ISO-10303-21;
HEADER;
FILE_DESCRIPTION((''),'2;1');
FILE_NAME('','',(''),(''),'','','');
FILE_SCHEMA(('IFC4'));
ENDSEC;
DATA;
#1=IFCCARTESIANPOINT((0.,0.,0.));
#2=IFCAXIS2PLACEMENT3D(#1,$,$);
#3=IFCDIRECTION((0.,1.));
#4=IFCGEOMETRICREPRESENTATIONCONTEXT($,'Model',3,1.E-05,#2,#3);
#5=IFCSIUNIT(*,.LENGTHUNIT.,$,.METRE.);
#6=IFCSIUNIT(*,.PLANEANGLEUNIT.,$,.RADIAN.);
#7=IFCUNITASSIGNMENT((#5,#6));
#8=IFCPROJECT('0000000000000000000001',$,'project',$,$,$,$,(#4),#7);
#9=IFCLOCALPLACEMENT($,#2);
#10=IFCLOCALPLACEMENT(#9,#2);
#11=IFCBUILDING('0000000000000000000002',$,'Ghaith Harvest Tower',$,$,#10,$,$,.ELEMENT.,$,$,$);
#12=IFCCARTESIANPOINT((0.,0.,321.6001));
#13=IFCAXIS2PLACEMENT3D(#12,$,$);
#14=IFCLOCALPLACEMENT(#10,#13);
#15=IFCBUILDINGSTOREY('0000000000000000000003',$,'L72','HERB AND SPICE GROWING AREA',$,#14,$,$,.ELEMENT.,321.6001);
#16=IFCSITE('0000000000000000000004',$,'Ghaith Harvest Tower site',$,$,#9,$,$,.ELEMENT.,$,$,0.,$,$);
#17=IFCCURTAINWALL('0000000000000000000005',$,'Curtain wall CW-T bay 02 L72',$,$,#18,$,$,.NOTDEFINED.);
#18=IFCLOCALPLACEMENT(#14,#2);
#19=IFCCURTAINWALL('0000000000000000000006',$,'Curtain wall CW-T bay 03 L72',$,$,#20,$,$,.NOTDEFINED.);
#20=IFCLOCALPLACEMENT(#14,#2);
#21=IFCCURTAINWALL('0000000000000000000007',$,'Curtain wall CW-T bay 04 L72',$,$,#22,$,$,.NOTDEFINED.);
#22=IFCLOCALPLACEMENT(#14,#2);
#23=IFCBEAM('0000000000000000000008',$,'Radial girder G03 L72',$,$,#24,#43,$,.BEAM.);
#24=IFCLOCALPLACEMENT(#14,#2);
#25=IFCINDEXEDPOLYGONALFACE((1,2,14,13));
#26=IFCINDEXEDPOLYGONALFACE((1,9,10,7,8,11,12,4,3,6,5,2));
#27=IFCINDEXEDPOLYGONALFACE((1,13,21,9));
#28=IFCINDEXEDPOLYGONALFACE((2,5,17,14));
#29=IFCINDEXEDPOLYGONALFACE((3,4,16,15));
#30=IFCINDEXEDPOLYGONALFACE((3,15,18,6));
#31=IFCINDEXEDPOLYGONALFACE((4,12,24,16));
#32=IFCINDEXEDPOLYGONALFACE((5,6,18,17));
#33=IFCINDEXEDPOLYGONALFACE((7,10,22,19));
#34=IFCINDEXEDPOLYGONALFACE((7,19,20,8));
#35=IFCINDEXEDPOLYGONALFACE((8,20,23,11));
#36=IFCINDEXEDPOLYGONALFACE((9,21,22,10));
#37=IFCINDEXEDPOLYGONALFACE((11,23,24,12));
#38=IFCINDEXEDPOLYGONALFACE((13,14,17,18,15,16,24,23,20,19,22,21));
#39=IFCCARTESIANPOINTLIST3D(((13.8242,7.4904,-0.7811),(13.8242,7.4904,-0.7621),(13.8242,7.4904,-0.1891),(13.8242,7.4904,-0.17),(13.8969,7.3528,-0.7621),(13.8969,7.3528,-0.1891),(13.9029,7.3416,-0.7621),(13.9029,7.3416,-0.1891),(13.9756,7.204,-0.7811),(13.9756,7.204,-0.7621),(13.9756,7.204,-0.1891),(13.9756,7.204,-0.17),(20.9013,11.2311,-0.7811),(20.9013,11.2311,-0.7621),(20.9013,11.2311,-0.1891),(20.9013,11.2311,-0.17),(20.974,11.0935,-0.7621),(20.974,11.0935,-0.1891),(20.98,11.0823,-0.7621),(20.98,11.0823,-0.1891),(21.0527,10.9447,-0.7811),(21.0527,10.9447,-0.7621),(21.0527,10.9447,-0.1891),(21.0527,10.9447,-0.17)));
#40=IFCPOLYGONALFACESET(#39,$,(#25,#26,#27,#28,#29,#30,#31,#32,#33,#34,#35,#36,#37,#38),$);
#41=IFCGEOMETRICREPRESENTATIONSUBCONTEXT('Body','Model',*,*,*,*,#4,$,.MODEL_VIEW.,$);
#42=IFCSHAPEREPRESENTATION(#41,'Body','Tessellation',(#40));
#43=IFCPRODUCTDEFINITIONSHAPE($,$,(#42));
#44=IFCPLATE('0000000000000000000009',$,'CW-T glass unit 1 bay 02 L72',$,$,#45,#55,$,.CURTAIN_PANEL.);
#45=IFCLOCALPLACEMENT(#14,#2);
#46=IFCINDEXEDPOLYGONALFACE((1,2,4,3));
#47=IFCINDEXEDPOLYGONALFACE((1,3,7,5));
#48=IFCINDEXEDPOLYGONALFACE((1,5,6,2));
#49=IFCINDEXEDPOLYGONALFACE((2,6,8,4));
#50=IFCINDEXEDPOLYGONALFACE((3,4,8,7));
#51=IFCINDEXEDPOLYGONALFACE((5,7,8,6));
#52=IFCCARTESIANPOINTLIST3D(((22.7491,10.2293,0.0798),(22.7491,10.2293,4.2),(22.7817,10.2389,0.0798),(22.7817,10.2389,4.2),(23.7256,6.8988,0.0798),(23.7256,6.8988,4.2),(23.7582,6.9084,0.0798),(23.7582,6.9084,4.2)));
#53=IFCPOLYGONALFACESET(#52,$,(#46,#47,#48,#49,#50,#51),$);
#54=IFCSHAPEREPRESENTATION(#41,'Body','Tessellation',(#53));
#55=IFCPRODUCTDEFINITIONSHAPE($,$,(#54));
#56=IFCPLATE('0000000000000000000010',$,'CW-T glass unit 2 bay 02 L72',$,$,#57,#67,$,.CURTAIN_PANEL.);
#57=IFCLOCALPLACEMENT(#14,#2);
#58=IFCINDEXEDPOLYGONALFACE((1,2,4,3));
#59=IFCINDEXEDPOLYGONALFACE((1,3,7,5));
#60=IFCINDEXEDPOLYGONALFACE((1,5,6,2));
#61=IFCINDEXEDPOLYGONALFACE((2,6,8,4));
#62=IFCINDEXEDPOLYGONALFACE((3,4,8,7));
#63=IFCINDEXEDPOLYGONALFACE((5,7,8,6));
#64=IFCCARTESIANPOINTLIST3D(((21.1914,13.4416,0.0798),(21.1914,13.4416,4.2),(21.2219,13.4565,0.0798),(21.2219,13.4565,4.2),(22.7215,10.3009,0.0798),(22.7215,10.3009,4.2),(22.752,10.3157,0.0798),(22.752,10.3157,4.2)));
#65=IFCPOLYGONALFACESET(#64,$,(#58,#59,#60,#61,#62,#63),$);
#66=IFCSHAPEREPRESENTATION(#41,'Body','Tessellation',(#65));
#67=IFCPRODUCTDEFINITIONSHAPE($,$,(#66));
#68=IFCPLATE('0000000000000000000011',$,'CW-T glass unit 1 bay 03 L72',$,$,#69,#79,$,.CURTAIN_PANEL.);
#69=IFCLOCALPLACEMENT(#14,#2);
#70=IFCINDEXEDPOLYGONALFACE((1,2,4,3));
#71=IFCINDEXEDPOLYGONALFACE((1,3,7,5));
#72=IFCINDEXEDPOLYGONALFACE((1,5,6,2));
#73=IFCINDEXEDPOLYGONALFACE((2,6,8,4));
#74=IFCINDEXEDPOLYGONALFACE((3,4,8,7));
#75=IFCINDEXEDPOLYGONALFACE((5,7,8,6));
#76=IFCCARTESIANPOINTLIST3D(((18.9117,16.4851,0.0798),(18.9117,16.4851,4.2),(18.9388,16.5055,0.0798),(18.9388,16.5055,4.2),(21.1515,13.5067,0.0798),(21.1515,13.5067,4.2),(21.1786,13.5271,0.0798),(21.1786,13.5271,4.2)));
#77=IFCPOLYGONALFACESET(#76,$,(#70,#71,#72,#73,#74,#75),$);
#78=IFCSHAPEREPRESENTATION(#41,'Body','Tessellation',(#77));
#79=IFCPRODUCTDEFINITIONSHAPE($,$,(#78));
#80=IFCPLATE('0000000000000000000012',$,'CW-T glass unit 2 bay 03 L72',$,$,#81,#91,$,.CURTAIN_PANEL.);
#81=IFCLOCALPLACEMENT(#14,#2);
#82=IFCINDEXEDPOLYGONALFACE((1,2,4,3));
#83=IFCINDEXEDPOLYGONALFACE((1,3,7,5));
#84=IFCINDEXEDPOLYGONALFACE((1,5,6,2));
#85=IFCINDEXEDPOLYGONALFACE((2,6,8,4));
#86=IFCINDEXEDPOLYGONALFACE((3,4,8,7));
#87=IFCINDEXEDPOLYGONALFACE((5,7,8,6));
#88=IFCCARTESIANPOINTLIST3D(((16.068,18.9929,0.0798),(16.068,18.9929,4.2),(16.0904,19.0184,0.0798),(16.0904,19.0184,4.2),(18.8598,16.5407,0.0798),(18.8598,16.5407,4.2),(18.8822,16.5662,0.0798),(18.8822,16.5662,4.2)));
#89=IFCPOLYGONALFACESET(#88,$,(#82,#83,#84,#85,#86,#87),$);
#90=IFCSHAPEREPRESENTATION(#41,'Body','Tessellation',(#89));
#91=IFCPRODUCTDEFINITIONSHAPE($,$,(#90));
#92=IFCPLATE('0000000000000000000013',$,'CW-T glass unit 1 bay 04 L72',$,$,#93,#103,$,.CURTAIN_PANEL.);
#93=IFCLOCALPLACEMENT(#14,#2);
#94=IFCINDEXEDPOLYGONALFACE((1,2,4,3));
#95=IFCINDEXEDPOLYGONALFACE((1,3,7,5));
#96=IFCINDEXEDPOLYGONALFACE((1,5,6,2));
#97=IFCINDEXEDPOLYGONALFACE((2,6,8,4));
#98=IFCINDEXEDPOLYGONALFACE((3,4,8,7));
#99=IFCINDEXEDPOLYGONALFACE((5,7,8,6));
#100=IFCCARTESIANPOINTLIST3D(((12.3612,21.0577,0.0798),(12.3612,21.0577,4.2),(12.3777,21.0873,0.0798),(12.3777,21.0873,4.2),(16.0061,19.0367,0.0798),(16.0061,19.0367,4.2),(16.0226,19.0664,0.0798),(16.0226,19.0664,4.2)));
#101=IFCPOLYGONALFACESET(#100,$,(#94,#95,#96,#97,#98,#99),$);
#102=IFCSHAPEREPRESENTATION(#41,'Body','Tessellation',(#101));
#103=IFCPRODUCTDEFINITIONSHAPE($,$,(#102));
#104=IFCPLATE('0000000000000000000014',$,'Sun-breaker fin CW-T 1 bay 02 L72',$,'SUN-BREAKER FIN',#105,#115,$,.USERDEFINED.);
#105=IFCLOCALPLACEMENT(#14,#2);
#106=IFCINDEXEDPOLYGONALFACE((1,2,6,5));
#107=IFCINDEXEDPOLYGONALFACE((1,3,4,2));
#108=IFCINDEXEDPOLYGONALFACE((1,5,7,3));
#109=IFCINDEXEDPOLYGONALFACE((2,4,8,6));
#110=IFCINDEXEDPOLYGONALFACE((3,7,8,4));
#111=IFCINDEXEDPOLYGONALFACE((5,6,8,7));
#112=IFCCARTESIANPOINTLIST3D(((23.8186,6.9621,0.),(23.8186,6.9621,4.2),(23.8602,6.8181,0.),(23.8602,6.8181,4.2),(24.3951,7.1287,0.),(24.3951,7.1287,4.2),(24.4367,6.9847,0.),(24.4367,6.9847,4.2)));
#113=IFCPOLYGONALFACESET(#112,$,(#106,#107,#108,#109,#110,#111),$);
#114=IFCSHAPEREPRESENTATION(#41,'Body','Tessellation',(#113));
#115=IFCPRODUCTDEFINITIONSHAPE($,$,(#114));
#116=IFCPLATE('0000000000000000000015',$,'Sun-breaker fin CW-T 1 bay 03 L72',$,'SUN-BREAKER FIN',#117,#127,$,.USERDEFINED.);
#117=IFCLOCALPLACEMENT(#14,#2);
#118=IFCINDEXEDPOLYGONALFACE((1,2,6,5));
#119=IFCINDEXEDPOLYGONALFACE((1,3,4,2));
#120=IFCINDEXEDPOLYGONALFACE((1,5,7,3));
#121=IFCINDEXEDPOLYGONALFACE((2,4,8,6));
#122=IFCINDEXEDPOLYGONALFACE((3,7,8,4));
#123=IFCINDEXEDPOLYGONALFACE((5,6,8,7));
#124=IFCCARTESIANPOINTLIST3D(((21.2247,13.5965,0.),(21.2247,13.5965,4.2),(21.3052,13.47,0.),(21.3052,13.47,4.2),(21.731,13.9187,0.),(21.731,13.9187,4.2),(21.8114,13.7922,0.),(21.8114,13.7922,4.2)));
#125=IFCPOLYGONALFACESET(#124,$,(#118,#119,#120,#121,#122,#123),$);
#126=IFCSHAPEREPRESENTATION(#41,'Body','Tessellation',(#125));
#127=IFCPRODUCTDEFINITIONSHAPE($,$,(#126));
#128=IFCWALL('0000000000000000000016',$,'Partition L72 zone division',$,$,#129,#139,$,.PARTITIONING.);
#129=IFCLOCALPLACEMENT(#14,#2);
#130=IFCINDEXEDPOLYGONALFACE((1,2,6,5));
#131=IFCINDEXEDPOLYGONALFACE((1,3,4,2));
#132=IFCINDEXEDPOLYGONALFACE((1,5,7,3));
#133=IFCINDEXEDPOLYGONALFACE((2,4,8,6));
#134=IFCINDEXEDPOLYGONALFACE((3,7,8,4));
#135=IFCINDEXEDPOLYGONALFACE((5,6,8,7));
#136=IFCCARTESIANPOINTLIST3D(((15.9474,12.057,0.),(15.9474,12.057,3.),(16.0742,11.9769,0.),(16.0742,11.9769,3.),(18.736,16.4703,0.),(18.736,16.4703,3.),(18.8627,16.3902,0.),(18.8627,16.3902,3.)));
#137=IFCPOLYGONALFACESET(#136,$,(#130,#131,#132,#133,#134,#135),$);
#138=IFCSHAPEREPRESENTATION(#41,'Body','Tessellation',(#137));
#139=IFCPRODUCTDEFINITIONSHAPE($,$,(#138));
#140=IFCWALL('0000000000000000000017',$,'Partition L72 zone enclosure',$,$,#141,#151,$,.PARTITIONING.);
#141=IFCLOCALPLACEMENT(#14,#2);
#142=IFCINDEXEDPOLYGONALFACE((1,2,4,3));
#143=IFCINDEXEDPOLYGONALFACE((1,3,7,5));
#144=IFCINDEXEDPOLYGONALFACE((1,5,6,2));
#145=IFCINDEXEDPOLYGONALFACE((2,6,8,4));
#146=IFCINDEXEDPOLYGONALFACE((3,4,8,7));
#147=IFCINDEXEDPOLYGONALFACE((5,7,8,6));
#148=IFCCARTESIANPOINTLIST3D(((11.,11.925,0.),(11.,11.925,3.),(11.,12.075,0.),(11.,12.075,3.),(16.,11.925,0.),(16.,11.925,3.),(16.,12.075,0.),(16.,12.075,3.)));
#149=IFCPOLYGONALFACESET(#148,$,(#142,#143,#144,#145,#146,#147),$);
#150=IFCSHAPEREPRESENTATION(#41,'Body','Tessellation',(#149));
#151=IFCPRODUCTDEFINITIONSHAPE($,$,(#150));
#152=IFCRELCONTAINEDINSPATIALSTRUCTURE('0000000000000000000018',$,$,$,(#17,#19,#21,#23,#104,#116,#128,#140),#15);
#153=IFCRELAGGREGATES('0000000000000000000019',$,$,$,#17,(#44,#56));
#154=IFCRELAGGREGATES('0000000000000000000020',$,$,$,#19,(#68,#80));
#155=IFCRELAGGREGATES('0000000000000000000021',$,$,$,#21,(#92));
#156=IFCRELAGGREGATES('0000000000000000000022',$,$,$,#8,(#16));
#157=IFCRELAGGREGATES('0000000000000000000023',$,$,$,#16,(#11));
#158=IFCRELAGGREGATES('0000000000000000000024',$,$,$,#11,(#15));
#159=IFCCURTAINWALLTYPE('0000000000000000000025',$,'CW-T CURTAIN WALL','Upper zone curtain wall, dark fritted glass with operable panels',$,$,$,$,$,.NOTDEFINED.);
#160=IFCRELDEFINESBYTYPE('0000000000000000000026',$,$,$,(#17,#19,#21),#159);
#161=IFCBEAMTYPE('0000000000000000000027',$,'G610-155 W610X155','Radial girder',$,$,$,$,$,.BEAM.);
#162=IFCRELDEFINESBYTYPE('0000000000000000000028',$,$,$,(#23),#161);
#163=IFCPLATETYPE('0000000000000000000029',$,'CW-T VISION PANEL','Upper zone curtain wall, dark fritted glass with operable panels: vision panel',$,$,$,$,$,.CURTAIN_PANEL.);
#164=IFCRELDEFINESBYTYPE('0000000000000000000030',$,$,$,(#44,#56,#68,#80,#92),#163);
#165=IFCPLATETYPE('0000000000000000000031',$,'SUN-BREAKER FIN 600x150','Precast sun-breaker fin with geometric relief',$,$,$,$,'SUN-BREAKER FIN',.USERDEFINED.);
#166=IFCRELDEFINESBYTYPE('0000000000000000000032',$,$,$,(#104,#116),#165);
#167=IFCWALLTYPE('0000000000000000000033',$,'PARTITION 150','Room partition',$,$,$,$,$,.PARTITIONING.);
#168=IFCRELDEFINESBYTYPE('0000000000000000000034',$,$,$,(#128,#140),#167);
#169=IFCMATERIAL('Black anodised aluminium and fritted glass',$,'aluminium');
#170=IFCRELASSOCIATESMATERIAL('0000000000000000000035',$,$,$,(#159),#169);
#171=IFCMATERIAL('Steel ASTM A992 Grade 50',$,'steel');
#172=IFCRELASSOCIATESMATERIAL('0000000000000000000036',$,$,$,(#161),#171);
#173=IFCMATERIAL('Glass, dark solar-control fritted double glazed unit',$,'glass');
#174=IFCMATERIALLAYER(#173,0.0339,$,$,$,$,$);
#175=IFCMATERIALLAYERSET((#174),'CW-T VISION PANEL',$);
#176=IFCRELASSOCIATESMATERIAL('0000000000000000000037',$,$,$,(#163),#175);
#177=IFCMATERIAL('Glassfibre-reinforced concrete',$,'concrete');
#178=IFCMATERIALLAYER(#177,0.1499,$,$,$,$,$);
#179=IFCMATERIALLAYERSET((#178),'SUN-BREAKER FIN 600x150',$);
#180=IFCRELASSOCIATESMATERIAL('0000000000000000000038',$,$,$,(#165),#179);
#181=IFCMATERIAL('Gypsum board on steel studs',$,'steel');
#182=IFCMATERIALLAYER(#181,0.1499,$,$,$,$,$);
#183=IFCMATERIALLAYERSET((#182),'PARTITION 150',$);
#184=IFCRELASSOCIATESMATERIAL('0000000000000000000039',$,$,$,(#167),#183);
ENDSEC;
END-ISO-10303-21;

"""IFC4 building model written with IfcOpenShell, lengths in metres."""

from ifc_helpers import new_model, si_unit, direction, frame, frame_2d, origin, origin_2d, place, context, subcontext, project, spatial, rectangle, i_section, extrude, material, layer, layer_set, material_profile, profile_set, type_object, element, aggregate, save


model = new_model("IFC4")

# Units and contexts
model_context = context("Model", 3, precision=1e-05, world=origin(), true_north=direction((0.0, 1.0)))
body_context = subcontext(model_context, "Body", "Model", "MODEL_VIEW")
ifc_project = project(units=[si_unit("LENGTHUNIT", "METRE"), si_unit("PLANEANGLEUNIT", "RADIAN")], contexts=[model_context])

# Site, building, storey
site_placement = place(None, origin())
site = spatial("IfcSite", under=ifc_project, at=site_placement, Name="Ghaith Harvest Tower site", CompositionType="ELEMENT", RefElevation=0.0)
building_placement = place(site_placement, origin())
building = spatial("IfcBuilding", under=site, at=building_placement, Name="Ghaith Harvest Tower", CompositionType="ELEMENT")
storey_placement = place(building_placement, frame((0.0, 0.0, 321.6001)))
storey = spatial("IfcBuildingStorey", under=building, at=storey_placement, Name="L72", Description="HERB AND SPICE GROWING AREA", CompositionType="ELEMENT", Elevation=321.6001)

# Curtain wall
ifc_material_1 = material(Name="Black anodised aluminium and fritted glass", Category="aluminium")
curtain_wall_type = type_object("IfcCurtainWallType", Name="CW-T CURTAIN WALL", Description="Upper zone curtain wall, dark fritted glass with operable panels", PredefinedType="NOTDEFINED", material=ifc_material_1)
curtain_wall_1_placement = place(storey_placement, origin())
curtain_wall_1 = element("IfcCurtainWall", 1, at=curtain_wall_1_placement, inside=storey, type_object=curtain_wall_type, Name="Curtain wall CW-T bay 02 L72", PredefinedType="NOTDEFINED")

# Curtain wall
curtain_wall_2_placement = place(storey_placement, origin())
curtain_wall_2 = element("IfcCurtainWall", 2, at=curtain_wall_2_placement, inside=storey, type_object=curtain_wall_type, Name="Curtain wall CW-T bay 03 L72", PredefinedType="NOTDEFINED")

# Curtain wall
curtain_wall_3_placement = place(storey_placement, origin())
curtain_wall_3 = element("IfcCurtainWall", 3, at=curtain_wall_3_placement, inside=storey, type_object=curtain_wall_type, Name="Curtain wall CW-T bay 04 L72", PredefinedType="NOTDEFINED")

# Beam
ifc_material_2 = material(Name="Steel ASTM A992 Grade 50", Category="steel")
ifc_material_profile_1 = material_profile(ifc_material_2, i_section(OverallWidth=0.324, OverallDepth=0.6111, WebThickness=0.0127, FlangeThickness=0.019, at=origin_2d()), Name="W610X155")
ifc_profile_set_1 = profile_set([ifc_material_profile_1], Name="Steel ASTM A992 Grade 50")
beam_type_1 = type_object("IfcBeamType", Name="G610-155 W610X155", Description="Radial girder", PredefinedType="BEAM", material=ifc_profile_set_1)
beam_1_placement = place(storey_placement, frame((13.8999, 7.3472, -0.4756), z_axis=(0.884098, 0.467302, 0.0), x_axis=(-0.467302, 0.884098, 0.0)))
element("IfcBeam", 4, at=beam_1_placement, inside=storey, type_object=beam_type_1, Name="Radial girder G03 L72", PredefinedType="BEAM", context=body_context, shape_type="SweptSolid", body=[
    extrude(i_section(OverallWidth=0.324, OverallDepth=0.6111, WebThickness=0.0127, FlangeThickness=0.019, at=origin_2d()), origin(), (0.0, 0.0, 1.0), 8.0049),
])

# Plates
ifc_material_3 = material(Name="Glass, dark solar-control fritted double glazed unit", Category="glass")
ifc_layer_1 = layer(ifc_material_3, 0.0339)
ifc_layer_set_1 = layer_set([ifc_layer_1], Name="CW-T VISION PANEL")
plate_type_1 = type_object("IfcPlateType", Name="CW-T VISION PANEL", Description="Upper zone curtain wall, dark fritted glass with operable panels: vision panel", PredefinedType="CURTAIN_PANEL", material=ifc_layer_set_1)
plate_1_placement = place(storey_placement, frame((23.2537, 8.5688, 0.0798), z_axis=(0.0, 0.0, 1.0), x_axis=(-0.281345, 0.959607, 0.0)))
plate_1 = element("IfcPlate", 5, at=plate_1_placement, type_object=plate_type_1, Name="CW-T glass unit 1 bay 02 L72", PredefinedType="CURTAIN_PANEL", context=body_context, shape_type="SweptSolid", body=[
    extrude(rectangle(XDim=3.4707, YDim=0.0339, at=origin_2d()), origin(), (0.0, 0.0, 1.0), 4.1201),
])
plate_2_placement = place(storey_placement, frame((21.9717, 11.8787, 0.0798), z_axis=(0.0, 0.0, 1.0), x_axis=(-0.437968, 0.89899, 0.0)))
plate_2 = element("IfcPlate", 6, at=plate_2_placement, type_object=plate_type_1, Name="CW-T glass unit 2 bay 02 L72", PredefinedType="CURTAIN_PANEL", context=body_context, shape_type="SweptSolid", body=[
    extrude(rectangle(XDim=3.4937, YDim=0.0339, at=origin_2d()), origin(), (0.0, 0.0, 1.0), 4.1201),
])
aggregate(curtain_wall_1, [plate_1, plate_2])
plate_3_placement = place(storey_placement, frame((20.0452, 15.0061, 0.0798), z_axis=(0.0, 0.0, 1.0), x_axis=(-0.601048, 0.799213, 0.0)))
plate_3 = element("IfcPlate", 7, at=plate_3_placement, type_object=plate_type_1, Name="CW-T glass unit 1 bay 03 L72", PredefinedType="CURTAIN_PANEL", context=body_context, shape_type="SweptSolid", body=[
    extrude(rectangle(XDim=3.7266, YDim=0.0339, at=origin_2d()), origin(), (0.0, 0.0, 1.0), 4.1201),
])
plate_4_placement = place(storey_placement, frame((17.4751, 17.7795, 0.0798), z_axis=(0.0, 0.0, 1.0), x_axis=(-0.751335, 0.659922, 0.0)))
plate_4 = element("IfcPlate", 8, at=plate_4_placement, type_object=plate_type_1, Name="CW-T glass unit 2 bay 03 L72", PredefinedType="CURTAIN_PANEL", context=body_context, shape_type="SweptSolid", body=[
    extrude(rectangle(XDim=3.7158, YDim=0.0339, at=origin_2d()), origin(), (0.0, 0.0, 1.0), 4.1201),
])
aggregate(curtain_wall_2, [plate_3, plate_4])
plate_5_placement = place(storey_placement, frame((14.1919, 20.062, 0.0798), z_axis=(0.0, 0.0, 1.0), x_axis=(-0.874564, 0.48491, 0.0)))
plate_5 = element("IfcPlate", 9, at=plate_5_placement, type_object=plate_type_1, Name="CW-T glass unit 1 bay 04 L72", PredefinedType="CURTAIN_PANEL", context=body_context, shape_type="SweptSolid", body=[
    extrude(rectangle(XDim=4.1677, YDim=0.0339, at=origin_2d()), origin(), (0.0, 0.0, 1.0), 4.1201),
])
aggregate(curtain_wall_3, [plate_5])

# Plates
ifc_material_4 = material(Name="Glassfibre-reinforced concrete", Category="concrete")
ifc_layer_2 = layer(ifc_material_4, 0.1499)
ifc_layer_set_2 = layer_set([ifc_layer_2], Name="SUN-BREAKER FIN 600x150")
plate_type_2 = type_object("IfcPlateType", Name="SUN-BREAKER FIN 600x150", Description="Precast sun-breaker fin with geometric relief", ElementType="SUN-BREAKER FIN", PredefinedType="USERDEFINED", material=ifc_layer_set_2)
for number, where, z_axis, x_axis, name in (
    (10, (24.1277, 6.9734, 0.0), (0.0, 0.0, 1.0), (0.96068, 0.277657, 0.0), "Sun-breaker fin CW-T 1 bay 02 L72"),
    (11, (21.5181, 13.6943, 0.0), (0.0, 0.0, 1.0), (0.843644, 0.536903, 0.0), "Sun-breaker fin CW-T 1 bay 03 L72"),
):
    element("IfcPlate", number, at=place(storey_placement, frame(where, z_axis=z_axis, x_axis=x_axis)), inside=storey, type_object=plate_type_2, Name=name, ObjectType="SUN-BREAKER FIN", PredefinedType="USERDEFINED", context=body_context, shape_type="SweptSolid", body=[
        extrude(rectangle(XDim=0.6001, YDim=0.1499, at=origin_2d()), origin(), (0.0, 0.0, 1.0), 4.2),
    ])

# Walls
ifc_material_5 = material(Name="Gypsum board on steel studs", Category="steel")
ifc_layer_3 = layer(ifc_material_5, 0.1499)
ifc_layer_set_3 = layer_set([ifc_layer_3], Name="PARTITION 150")
wall_type_1 = type_object("IfcWallType", Name="PARTITION 150", Description="Room partition", PredefinedType="PARTITIONING", material=ifc_layer_set_3)
wall_1_placement = place(storey_placement, frame((16.0107, 12.0168, 0.0), z_axis=(0.0, 0.0, 1.0), x_axis=(0.534158, 0.845384, 0.0)))
element("IfcWall", 12, at=wall_1_placement, inside=storey, type_object=wall_type_1, Name="Partition L72 zone division", PredefinedType="PARTITIONING", context=body_context, shape_type="SweptSolid", body=[
    extrude(rectangle(XDim=5.2205, YDim=0.1499, at=frame_2d((2.6104, 0.0))), origin(), (0.0, 0.0, 1.0), 3.0),
])
wall_2_placement = place(storey_placement, frame((16.0, 12.0, 0.0), z_axis=(0.0, 0.0, 1.0), x_axis=(-1.0, 0.0, 0.0)))
element("IfcWall", 13, at=wall_2_placement, inside=storey, type_object=wall_type_1, Name="Partition L72 zone enclosure", PredefinedType="PARTITIONING", context=body_context, shape_type="SweptSolid", body=[
    extrude(rectangle(XDim=5.0, YDim=0.1499, at=frame_2d((2.5, 0.0))), origin(), (0.0, 0.0, 1.0), 3.0),
])

save(model, "model.ifc")
